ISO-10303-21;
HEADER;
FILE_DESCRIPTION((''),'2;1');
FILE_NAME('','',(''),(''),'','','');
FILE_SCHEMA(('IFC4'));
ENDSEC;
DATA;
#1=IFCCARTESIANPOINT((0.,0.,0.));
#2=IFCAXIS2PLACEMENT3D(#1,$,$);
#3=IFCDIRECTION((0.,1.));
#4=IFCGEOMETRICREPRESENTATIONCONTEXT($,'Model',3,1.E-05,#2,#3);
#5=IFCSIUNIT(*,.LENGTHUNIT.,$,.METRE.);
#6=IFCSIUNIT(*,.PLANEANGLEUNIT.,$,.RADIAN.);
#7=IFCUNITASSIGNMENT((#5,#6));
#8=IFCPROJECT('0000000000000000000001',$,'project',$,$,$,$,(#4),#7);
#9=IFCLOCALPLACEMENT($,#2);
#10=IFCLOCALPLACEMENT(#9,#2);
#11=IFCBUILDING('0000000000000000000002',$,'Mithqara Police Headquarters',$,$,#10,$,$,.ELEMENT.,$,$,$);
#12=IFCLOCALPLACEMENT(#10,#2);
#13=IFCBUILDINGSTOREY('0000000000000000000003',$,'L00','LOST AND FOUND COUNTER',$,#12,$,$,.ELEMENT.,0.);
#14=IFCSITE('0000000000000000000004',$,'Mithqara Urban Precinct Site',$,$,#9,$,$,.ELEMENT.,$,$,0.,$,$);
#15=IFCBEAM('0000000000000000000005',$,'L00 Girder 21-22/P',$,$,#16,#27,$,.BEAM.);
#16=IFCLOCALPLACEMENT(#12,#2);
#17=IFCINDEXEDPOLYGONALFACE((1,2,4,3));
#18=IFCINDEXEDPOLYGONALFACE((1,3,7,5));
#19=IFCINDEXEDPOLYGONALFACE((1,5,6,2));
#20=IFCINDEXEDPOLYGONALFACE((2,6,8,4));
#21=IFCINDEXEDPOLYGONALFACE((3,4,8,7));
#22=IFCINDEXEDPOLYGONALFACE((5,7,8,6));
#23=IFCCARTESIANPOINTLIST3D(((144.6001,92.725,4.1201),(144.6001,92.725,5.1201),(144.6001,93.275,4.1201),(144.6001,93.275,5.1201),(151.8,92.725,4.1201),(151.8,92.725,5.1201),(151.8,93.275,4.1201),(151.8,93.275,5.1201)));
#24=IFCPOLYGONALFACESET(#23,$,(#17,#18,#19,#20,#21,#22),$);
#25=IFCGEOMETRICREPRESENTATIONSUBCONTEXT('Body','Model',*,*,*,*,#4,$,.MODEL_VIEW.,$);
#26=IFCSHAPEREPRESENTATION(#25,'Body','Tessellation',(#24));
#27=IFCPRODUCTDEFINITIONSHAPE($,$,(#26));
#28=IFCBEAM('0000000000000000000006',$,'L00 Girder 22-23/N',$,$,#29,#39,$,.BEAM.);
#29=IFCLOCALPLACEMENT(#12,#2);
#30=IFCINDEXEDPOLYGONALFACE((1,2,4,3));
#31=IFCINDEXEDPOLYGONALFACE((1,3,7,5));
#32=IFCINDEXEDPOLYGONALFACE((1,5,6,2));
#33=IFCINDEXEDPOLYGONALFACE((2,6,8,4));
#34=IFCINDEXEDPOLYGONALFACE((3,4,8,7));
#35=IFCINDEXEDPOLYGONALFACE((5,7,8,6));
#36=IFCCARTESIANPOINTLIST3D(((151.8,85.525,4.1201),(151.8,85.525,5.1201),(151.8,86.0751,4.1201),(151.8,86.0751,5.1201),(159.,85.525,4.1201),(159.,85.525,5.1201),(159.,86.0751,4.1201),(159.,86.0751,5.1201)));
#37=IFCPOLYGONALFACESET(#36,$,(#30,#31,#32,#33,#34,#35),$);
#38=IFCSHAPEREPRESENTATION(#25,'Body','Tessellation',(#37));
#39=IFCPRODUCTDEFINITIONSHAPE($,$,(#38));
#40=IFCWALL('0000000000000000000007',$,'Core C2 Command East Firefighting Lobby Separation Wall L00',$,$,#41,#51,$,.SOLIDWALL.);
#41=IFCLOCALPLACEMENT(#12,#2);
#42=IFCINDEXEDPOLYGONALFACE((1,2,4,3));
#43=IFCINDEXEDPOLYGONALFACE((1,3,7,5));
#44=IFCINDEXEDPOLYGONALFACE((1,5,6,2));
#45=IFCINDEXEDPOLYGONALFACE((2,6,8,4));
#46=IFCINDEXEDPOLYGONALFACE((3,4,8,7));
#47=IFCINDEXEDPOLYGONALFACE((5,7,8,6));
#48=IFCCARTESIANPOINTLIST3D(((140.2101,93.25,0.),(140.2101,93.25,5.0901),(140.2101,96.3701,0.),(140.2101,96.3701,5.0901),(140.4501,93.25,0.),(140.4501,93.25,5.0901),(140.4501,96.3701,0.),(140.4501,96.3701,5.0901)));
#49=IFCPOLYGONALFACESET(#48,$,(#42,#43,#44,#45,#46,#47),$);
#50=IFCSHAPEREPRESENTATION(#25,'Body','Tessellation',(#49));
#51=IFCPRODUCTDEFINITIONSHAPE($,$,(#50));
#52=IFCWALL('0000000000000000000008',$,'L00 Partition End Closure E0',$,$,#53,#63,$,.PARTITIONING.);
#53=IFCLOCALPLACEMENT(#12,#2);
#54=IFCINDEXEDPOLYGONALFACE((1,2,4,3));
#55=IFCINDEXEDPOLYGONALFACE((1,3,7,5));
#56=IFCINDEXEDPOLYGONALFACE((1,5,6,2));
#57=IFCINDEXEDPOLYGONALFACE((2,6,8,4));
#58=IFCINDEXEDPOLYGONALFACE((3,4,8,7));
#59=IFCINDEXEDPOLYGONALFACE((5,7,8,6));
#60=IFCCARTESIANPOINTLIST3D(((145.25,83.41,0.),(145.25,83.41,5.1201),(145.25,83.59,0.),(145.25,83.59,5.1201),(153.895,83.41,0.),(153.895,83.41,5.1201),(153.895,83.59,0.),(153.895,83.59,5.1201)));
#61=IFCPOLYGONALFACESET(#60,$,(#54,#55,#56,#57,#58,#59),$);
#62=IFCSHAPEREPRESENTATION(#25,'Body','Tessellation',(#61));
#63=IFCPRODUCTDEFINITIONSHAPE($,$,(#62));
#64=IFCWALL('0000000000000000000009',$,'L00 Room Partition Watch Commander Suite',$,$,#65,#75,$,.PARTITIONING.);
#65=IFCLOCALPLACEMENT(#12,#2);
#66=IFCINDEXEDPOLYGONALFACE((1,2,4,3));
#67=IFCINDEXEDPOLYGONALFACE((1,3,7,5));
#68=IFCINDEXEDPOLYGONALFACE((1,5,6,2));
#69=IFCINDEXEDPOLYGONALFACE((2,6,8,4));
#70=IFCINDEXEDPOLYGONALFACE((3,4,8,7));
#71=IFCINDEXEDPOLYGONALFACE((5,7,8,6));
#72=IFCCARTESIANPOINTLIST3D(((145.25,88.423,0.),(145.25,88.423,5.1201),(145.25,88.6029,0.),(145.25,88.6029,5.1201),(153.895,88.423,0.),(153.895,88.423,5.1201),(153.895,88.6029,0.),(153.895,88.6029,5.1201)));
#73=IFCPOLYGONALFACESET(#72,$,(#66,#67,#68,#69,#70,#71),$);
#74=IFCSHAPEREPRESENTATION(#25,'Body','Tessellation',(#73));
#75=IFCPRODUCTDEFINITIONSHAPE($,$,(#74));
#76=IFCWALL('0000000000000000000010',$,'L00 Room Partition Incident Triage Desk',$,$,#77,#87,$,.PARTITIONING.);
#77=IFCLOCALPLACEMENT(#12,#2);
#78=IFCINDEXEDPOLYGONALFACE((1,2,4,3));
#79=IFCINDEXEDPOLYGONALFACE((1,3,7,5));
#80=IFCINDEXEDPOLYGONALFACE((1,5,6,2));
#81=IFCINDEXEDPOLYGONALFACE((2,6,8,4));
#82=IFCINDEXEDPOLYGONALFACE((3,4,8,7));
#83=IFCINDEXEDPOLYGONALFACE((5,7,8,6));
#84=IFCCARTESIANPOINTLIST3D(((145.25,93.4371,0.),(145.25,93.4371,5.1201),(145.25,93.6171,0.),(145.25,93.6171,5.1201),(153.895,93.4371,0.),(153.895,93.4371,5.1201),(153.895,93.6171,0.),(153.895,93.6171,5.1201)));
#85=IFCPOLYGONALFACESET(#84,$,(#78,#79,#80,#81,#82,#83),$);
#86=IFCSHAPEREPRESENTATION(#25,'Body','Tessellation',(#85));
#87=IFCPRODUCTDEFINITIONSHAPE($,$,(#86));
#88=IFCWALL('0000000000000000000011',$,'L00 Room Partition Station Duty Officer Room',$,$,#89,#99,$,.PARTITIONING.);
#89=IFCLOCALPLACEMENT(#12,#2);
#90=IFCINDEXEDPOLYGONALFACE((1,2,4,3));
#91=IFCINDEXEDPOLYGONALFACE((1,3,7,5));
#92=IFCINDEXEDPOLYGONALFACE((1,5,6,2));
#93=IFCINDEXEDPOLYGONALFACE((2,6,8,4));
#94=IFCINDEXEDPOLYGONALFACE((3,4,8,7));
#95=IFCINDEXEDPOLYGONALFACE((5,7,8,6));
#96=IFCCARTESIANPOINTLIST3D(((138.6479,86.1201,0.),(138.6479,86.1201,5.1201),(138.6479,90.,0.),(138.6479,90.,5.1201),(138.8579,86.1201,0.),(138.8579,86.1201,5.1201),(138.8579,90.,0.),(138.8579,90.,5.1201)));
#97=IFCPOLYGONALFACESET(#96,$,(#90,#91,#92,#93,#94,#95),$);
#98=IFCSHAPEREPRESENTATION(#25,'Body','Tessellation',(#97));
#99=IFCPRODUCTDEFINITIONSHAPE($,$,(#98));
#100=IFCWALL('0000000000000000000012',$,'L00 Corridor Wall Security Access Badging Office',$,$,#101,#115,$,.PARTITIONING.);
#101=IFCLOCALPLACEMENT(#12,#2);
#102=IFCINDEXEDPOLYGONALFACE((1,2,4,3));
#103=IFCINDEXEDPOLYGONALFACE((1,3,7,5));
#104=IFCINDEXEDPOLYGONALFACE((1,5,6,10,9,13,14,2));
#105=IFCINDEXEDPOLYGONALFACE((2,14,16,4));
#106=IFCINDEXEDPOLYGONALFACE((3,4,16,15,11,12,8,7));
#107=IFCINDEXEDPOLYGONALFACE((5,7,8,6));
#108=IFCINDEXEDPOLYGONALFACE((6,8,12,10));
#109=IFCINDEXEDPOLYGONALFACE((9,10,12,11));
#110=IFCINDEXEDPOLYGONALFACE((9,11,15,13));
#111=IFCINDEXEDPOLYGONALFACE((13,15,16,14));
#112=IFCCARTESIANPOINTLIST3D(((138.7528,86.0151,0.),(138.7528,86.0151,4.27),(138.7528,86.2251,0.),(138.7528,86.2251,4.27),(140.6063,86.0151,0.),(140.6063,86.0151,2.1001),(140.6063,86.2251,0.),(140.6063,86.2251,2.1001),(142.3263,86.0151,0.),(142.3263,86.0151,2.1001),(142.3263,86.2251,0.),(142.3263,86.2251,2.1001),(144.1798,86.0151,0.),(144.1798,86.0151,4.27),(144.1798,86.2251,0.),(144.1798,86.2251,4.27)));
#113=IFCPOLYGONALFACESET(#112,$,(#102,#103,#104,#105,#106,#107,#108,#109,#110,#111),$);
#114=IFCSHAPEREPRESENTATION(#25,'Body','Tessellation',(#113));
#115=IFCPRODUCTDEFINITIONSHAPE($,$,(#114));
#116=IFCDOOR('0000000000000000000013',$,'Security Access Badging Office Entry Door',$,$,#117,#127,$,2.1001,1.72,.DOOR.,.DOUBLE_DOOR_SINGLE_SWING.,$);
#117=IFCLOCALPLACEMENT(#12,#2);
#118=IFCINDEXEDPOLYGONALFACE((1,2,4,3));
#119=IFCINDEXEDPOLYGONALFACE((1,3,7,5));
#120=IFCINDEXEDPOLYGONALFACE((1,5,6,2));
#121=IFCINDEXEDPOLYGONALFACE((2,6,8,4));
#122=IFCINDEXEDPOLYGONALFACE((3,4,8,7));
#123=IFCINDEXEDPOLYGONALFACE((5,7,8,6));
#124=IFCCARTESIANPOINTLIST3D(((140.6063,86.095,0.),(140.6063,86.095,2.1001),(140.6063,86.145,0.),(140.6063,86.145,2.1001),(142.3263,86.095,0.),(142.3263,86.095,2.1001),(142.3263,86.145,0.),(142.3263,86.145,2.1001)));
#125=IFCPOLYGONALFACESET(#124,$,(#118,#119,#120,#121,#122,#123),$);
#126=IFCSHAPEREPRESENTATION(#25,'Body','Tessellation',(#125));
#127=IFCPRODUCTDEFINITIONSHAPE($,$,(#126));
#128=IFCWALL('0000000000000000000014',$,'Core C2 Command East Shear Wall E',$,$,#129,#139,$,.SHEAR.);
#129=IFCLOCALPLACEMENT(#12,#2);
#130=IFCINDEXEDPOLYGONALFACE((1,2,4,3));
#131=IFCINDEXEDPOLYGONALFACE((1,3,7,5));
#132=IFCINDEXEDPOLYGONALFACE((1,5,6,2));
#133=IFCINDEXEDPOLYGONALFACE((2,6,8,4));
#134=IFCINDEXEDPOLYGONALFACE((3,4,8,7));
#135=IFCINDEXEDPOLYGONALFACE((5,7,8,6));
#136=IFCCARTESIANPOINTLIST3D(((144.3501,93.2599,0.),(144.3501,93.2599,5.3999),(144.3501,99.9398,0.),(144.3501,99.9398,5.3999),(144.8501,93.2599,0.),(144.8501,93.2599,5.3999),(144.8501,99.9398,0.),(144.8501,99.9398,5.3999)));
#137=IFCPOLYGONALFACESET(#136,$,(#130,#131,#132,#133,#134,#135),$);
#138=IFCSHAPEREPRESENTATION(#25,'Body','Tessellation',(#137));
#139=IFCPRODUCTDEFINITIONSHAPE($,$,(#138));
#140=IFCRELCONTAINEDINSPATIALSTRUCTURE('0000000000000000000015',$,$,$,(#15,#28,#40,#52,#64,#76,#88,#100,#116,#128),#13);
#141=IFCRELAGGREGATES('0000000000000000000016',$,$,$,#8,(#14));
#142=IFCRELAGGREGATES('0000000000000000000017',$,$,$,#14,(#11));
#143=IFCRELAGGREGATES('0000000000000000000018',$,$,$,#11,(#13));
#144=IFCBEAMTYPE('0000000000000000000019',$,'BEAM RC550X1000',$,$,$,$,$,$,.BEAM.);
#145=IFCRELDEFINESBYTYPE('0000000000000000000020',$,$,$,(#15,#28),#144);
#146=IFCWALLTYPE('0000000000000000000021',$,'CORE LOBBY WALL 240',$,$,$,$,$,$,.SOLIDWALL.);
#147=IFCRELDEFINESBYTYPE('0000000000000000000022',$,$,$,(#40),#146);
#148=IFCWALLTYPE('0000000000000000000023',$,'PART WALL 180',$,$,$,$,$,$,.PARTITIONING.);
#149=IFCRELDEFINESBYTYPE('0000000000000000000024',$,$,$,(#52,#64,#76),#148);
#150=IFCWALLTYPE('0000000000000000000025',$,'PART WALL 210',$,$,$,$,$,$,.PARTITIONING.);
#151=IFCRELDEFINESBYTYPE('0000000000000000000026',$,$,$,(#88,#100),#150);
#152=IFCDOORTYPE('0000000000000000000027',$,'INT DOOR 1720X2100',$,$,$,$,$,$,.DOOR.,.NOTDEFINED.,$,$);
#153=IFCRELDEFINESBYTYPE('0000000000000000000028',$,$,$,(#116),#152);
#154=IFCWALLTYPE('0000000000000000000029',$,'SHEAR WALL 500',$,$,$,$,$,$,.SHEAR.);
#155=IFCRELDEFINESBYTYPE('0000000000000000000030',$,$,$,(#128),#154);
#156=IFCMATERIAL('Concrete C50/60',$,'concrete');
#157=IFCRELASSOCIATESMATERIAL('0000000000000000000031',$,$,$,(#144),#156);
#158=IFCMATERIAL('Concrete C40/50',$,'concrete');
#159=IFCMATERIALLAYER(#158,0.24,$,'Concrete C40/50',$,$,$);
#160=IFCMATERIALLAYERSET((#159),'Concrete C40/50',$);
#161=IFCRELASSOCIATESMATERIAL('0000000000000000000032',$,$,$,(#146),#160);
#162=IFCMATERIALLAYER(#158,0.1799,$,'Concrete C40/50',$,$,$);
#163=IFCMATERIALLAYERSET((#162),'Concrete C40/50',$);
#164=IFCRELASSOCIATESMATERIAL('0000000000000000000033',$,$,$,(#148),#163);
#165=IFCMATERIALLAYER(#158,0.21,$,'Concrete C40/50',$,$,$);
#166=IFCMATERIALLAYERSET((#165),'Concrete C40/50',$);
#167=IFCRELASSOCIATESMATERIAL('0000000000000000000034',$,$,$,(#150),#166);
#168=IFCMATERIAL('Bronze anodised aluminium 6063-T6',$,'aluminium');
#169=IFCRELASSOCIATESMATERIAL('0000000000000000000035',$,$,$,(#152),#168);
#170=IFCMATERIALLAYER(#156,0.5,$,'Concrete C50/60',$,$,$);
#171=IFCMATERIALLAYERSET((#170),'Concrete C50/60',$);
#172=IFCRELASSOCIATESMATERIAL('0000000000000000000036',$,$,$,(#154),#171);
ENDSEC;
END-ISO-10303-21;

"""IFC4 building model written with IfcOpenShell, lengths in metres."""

from ifc_helpers import new_model, si_unit, direction, frame, frame_2d, origin, origin_2d, place, context, subcontext, project, spatial, rectangle, extrude, material, layer, layer_set, material_profile, profile_set, type_object, element, fill, save


model = new_model("IFC4")

# Units and contexts
model_context = context("Model", 3, precision=1e-05, world=origin(), true_north=direction((0.0, 1.0)))
body_context = subcontext(model_context, "Body", "Model", "MODEL_VIEW")
ifc_project = project(units=[si_unit("LENGTHUNIT", "METRE"), si_unit("PLANEANGLEUNIT", "RADIAN")], contexts=[model_context])

# Site, building, storey
site_placement = place(None, origin())
site = spatial("IfcSite", under=ifc_project, at=site_placement, Name="Mithqara Urban Precinct Site", CompositionType="ELEMENT", RefElevation=0.0)
building_placement = place(site_placement, origin())
building = spatial("IfcBuilding", under=site, at=building_placement, Name="Mithqara Police Headquarters", CompositionType="ELEMENT")
storey_placement = place(building_placement, origin())
storey = spatial("IfcBuildingStorey", under=building, at=storey_placement, Name="L00", Description="LOST AND FOUND COUNTER", CompositionType="ELEMENT", Elevation=0.0)

# Shared definitions
ifc_material_1 = material(Name="Concrete C50/60", Category="concrete")

# Beams
ifc_material_2 = material(Name="Concrete C40/50", Category="concrete")
ifc_material_profile_1 = material_profile(ifc_material_1, rectangle(XDim=0.55, YDim=1.0, at=origin_2d()), Name="RC 550x1000")
ifc_profile_set_1 = profile_set([ifc_material_profile_1], Name="Concrete C50/60")
beam_type_1 = type_object("IfcBeamType", Name="BEAM RC550X1000", PredefinedType="BEAM", material=ifc_profile_set_1)
for number, where, z_axis, x_axis, name in (
    (1, (144.6001, 93.0, 4.6201), (1.0, 0.0, 0.0), (0.0, 1.0, 0.0), "L00 Girder 21-22/P"),
    (2, (151.8, 85.8, 4.6201), (1.0, 0.0, 0.0), (0.0, 1.0, 0.0), "L00 Girder 22-23/N"),
):
    element("IfcBeam", number, at=place(storey_placement, frame(where, z_axis=z_axis, x_axis=x_axis)), inside=storey, type_object=beam_type_1, Name=name, PredefinedType="BEAM", context=body_context, shape_type="SweptSolid", body=[
        extrude(rectangle(XDim=0.55, YDim=1.0, at=origin_2d()), origin(), (0.0, 0.0, 1.0), 7.2),
    ])

# Walls
ifc_layer_1 = layer(ifc_material_2, 0.24, Name="Concrete C40/50")
ifc_layer_set_1 = layer_set([ifc_layer_1], Name="Concrete C40/50")
wall_type_1 = type_object("IfcWallType", Name="CORE LOBBY WALL 240", PredefinedType="SOLIDWALL", material=ifc_layer_set_1)
wall_1_placement = place(storey_placement, frame((140.3301, 93.25, 0.0), z_axis=(0.0, 0.0, 1.0), x_axis=(0.0, 1.0, 0.0)))
element("IfcWall", 3, at=wall_1_placement, inside=storey, type_object=wall_type_1, Name="Core C2 Command East Firefighting Lobby Separation Wall L00", PredefinedType="SOLIDWALL", context=body_context, shape_type="SweptSolid", body=[
    extrude(rectangle(XDim=3.1201, YDim=0.24, at=frame_2d((1.5601, 0.0))), origin(), (0.0, 0.0, 1.0), 5.0901),
])
ifc_layer_2 = layer(ifc_material_2, 0.1799, Name="Concrete C40/50")
ifc_layer_set_2 = layer_set([ifc_layer_2], Name="Concrete C40/50")
wall_type_2 = type_object("IfcWallType", Name="PART WALL 180", PredefinedType="PARTITIONING", material=ifc_layer_set_2)
for number, where, z_axis, x_axis, name in (
    (4, (145.25, 83.5, 0.0), (0.0, 0.0, 1.0), (1.0, 0.0, 0.0), "L00 Partition End Closure E0"),
    (5, (145.25, 88.5129, 0.0), (0.0, 0.0, 1.0), (1.0, 0.0, 0.0), "L00 Room Partition Watch Commander Suite"),
    (6, (145.25, 93.5271, 0.0), (0.0, 0.0, 1.0), (1.0, 0.0, 0.0), "L00 Room Partition Incident Triage Desk"),
):
    element("IfcWall", number, at=place(storey_placement, frame(where, z_axis=z_axis, x_axis=x_axis)), inside=storey, type_object=wall_type_2, Name=name, PredefinedType="PARTITIONING", context=body_context, shape_type="SweptSolid", body=[
        extrude(rectangle(XDim=8.645, YDim=0.1799, at=frame_2d((4.3225, 0.0))), origin(), (0.0, 0.0, 1.0), 5.1201),
    ])
ifc_layer_3 = layer(ifc_material_2, 0.21, Name="Concrete C40/50")
ifc_layer_set_3 = layer_set([ifc_layer_3], Name="Concrete C40/50")
wall_type_3 = type_object("IfcWallType", Name="PART WALL 210", PredefinedType="PARTITIONING", material=ifc_layer_set_3)
wall_2_placement = place(storey_placement, frame((138.7529, 86.1201, 0.0), z_axis=(0.0, 0.0, 1.0), x_axis=(0.0, 1.0, 0.0)))
element("IfcWall", 7, at=wall_2_placement, inside=storey, type_object=wall_type_3, Name="L00 Room Partition Station Duty Officer Room", PredefinedType="PARTITIONING", context=body_context, shape_type="SweptSolid", body=[
    extrude(rectangle(XDim=3.8799, YDim=0.21, at=frame_2d((1.9399, 0.0))), origin(), (0.0, 0.0, 1.0), 5.1201),
])

# Wall, opening, door
wall_3_placement = place(storey_placement, frame((138.7529, 86.1201, 0.0), z_axis=(0.0, 0.0, 1.0), x_axis=(1.0, 0.0, 0.0)))
wall_3 = element("IfcWall", 8, at=wall_3_placement, inside=storey, type_object=wall_type_3, Name="L00 Corridor Wall Security Access Badging Office", PredefinedType="PARTITIONING", context=body_context, shape_type="SweptSolid", body=[
    extrude(rectangle(XDim=5.427, YDim=0.21, at=frame_2d((2.7134, 0.0))), origin(), (0.0, 0.0, 1.0), 4.27),
])
opening_placement = place(wall_3_placement, frame((1.8535, 0.0, 0.0)))
opening = element("IfcOpeningElement", 9, at=opening_placement, cuts=wall_3, PredefinedType="OPENING", context=body_context, shape_type="SweptSolid", body=[
    extrude(rectangle(XDim=1.72, YDim=2.1001, at=frame_2d((0.8599, 1.05))), frame((0.0, 0.115, 0.0), z_axis=(0.0, -1.0, 0.0), x_axis=(1.0, 0.0, 0.0)), (0.0, 0.0, 1.0), 0.23),
])
ifc_material_3 = material(Name="Bronze anodised aluminium 6063-T6", Category="aluminium")
door_type = type_object("IfcDoorType", Name="INT DOOR 1720X2100", OperationType="NOTDEFINED", PredefinedType="DOOR", material=ifc_material_3)
door_placement = place(opening_placement, origin())
door = element("IfcDoor", 10, at=door_placement, inside=storey, type_object=door_type, Name="Security Access Badging Office Entry Door", OperationType="DOUBLE_DOOR_SINGLE_SWING", OverallHeight=2.1001, OverallWidth=1.72, PredefinedType="DOOR", context=body_context, shape_type="SweptSolid", body=[
    extrude(rectangle(XDim=1.72, YDim=2.1001, at=frame_2d((0.8599, 1.05))), frame((0.0, 0.0249, 0.0), z_axis=(0.0, -1.0, 0.0), x_axis=(1.0, 0.0, 0.0)), (0.0, 0.0, 1.0), 0.05),
])
fill(opening, door)

# Wall
ifc_layer_4 = layer(ifc_material_1, 0.5, Name="Concrete C50/60")
ifc_layer_set_4 = layer_set([ifc_layer_4], Name="Concrete C50/60")
wall_type_4 = type_object("IfcWallType", Name="SHEAR WALL 500", PredefinedType="SHEAR", material=ifc_layer_set_4)
wall_4_placement = place(storey_placement, frame((144.6001, 93.26, 0.0), z_axis=(0.0, 0.0, 1.0), x_axis=(0.0, 1.0, 0.0)))
element("IfcWall", 11, at=wall_4_placement, inside=storey, type_object=wall_type_4, Name="Core C2 Command East Shear Wall E", PredefinedType="SHEAR", context=body_context, shape_type="SweptSolid", body=[
    extrude(rectangle(XDim=6.6799, YDim=0.5, at=frame_2d((3.3398, 0.0))), origin(), (0.0, 0.0, 1.0), 5.3999),
])

save(model, "model.ifc")
